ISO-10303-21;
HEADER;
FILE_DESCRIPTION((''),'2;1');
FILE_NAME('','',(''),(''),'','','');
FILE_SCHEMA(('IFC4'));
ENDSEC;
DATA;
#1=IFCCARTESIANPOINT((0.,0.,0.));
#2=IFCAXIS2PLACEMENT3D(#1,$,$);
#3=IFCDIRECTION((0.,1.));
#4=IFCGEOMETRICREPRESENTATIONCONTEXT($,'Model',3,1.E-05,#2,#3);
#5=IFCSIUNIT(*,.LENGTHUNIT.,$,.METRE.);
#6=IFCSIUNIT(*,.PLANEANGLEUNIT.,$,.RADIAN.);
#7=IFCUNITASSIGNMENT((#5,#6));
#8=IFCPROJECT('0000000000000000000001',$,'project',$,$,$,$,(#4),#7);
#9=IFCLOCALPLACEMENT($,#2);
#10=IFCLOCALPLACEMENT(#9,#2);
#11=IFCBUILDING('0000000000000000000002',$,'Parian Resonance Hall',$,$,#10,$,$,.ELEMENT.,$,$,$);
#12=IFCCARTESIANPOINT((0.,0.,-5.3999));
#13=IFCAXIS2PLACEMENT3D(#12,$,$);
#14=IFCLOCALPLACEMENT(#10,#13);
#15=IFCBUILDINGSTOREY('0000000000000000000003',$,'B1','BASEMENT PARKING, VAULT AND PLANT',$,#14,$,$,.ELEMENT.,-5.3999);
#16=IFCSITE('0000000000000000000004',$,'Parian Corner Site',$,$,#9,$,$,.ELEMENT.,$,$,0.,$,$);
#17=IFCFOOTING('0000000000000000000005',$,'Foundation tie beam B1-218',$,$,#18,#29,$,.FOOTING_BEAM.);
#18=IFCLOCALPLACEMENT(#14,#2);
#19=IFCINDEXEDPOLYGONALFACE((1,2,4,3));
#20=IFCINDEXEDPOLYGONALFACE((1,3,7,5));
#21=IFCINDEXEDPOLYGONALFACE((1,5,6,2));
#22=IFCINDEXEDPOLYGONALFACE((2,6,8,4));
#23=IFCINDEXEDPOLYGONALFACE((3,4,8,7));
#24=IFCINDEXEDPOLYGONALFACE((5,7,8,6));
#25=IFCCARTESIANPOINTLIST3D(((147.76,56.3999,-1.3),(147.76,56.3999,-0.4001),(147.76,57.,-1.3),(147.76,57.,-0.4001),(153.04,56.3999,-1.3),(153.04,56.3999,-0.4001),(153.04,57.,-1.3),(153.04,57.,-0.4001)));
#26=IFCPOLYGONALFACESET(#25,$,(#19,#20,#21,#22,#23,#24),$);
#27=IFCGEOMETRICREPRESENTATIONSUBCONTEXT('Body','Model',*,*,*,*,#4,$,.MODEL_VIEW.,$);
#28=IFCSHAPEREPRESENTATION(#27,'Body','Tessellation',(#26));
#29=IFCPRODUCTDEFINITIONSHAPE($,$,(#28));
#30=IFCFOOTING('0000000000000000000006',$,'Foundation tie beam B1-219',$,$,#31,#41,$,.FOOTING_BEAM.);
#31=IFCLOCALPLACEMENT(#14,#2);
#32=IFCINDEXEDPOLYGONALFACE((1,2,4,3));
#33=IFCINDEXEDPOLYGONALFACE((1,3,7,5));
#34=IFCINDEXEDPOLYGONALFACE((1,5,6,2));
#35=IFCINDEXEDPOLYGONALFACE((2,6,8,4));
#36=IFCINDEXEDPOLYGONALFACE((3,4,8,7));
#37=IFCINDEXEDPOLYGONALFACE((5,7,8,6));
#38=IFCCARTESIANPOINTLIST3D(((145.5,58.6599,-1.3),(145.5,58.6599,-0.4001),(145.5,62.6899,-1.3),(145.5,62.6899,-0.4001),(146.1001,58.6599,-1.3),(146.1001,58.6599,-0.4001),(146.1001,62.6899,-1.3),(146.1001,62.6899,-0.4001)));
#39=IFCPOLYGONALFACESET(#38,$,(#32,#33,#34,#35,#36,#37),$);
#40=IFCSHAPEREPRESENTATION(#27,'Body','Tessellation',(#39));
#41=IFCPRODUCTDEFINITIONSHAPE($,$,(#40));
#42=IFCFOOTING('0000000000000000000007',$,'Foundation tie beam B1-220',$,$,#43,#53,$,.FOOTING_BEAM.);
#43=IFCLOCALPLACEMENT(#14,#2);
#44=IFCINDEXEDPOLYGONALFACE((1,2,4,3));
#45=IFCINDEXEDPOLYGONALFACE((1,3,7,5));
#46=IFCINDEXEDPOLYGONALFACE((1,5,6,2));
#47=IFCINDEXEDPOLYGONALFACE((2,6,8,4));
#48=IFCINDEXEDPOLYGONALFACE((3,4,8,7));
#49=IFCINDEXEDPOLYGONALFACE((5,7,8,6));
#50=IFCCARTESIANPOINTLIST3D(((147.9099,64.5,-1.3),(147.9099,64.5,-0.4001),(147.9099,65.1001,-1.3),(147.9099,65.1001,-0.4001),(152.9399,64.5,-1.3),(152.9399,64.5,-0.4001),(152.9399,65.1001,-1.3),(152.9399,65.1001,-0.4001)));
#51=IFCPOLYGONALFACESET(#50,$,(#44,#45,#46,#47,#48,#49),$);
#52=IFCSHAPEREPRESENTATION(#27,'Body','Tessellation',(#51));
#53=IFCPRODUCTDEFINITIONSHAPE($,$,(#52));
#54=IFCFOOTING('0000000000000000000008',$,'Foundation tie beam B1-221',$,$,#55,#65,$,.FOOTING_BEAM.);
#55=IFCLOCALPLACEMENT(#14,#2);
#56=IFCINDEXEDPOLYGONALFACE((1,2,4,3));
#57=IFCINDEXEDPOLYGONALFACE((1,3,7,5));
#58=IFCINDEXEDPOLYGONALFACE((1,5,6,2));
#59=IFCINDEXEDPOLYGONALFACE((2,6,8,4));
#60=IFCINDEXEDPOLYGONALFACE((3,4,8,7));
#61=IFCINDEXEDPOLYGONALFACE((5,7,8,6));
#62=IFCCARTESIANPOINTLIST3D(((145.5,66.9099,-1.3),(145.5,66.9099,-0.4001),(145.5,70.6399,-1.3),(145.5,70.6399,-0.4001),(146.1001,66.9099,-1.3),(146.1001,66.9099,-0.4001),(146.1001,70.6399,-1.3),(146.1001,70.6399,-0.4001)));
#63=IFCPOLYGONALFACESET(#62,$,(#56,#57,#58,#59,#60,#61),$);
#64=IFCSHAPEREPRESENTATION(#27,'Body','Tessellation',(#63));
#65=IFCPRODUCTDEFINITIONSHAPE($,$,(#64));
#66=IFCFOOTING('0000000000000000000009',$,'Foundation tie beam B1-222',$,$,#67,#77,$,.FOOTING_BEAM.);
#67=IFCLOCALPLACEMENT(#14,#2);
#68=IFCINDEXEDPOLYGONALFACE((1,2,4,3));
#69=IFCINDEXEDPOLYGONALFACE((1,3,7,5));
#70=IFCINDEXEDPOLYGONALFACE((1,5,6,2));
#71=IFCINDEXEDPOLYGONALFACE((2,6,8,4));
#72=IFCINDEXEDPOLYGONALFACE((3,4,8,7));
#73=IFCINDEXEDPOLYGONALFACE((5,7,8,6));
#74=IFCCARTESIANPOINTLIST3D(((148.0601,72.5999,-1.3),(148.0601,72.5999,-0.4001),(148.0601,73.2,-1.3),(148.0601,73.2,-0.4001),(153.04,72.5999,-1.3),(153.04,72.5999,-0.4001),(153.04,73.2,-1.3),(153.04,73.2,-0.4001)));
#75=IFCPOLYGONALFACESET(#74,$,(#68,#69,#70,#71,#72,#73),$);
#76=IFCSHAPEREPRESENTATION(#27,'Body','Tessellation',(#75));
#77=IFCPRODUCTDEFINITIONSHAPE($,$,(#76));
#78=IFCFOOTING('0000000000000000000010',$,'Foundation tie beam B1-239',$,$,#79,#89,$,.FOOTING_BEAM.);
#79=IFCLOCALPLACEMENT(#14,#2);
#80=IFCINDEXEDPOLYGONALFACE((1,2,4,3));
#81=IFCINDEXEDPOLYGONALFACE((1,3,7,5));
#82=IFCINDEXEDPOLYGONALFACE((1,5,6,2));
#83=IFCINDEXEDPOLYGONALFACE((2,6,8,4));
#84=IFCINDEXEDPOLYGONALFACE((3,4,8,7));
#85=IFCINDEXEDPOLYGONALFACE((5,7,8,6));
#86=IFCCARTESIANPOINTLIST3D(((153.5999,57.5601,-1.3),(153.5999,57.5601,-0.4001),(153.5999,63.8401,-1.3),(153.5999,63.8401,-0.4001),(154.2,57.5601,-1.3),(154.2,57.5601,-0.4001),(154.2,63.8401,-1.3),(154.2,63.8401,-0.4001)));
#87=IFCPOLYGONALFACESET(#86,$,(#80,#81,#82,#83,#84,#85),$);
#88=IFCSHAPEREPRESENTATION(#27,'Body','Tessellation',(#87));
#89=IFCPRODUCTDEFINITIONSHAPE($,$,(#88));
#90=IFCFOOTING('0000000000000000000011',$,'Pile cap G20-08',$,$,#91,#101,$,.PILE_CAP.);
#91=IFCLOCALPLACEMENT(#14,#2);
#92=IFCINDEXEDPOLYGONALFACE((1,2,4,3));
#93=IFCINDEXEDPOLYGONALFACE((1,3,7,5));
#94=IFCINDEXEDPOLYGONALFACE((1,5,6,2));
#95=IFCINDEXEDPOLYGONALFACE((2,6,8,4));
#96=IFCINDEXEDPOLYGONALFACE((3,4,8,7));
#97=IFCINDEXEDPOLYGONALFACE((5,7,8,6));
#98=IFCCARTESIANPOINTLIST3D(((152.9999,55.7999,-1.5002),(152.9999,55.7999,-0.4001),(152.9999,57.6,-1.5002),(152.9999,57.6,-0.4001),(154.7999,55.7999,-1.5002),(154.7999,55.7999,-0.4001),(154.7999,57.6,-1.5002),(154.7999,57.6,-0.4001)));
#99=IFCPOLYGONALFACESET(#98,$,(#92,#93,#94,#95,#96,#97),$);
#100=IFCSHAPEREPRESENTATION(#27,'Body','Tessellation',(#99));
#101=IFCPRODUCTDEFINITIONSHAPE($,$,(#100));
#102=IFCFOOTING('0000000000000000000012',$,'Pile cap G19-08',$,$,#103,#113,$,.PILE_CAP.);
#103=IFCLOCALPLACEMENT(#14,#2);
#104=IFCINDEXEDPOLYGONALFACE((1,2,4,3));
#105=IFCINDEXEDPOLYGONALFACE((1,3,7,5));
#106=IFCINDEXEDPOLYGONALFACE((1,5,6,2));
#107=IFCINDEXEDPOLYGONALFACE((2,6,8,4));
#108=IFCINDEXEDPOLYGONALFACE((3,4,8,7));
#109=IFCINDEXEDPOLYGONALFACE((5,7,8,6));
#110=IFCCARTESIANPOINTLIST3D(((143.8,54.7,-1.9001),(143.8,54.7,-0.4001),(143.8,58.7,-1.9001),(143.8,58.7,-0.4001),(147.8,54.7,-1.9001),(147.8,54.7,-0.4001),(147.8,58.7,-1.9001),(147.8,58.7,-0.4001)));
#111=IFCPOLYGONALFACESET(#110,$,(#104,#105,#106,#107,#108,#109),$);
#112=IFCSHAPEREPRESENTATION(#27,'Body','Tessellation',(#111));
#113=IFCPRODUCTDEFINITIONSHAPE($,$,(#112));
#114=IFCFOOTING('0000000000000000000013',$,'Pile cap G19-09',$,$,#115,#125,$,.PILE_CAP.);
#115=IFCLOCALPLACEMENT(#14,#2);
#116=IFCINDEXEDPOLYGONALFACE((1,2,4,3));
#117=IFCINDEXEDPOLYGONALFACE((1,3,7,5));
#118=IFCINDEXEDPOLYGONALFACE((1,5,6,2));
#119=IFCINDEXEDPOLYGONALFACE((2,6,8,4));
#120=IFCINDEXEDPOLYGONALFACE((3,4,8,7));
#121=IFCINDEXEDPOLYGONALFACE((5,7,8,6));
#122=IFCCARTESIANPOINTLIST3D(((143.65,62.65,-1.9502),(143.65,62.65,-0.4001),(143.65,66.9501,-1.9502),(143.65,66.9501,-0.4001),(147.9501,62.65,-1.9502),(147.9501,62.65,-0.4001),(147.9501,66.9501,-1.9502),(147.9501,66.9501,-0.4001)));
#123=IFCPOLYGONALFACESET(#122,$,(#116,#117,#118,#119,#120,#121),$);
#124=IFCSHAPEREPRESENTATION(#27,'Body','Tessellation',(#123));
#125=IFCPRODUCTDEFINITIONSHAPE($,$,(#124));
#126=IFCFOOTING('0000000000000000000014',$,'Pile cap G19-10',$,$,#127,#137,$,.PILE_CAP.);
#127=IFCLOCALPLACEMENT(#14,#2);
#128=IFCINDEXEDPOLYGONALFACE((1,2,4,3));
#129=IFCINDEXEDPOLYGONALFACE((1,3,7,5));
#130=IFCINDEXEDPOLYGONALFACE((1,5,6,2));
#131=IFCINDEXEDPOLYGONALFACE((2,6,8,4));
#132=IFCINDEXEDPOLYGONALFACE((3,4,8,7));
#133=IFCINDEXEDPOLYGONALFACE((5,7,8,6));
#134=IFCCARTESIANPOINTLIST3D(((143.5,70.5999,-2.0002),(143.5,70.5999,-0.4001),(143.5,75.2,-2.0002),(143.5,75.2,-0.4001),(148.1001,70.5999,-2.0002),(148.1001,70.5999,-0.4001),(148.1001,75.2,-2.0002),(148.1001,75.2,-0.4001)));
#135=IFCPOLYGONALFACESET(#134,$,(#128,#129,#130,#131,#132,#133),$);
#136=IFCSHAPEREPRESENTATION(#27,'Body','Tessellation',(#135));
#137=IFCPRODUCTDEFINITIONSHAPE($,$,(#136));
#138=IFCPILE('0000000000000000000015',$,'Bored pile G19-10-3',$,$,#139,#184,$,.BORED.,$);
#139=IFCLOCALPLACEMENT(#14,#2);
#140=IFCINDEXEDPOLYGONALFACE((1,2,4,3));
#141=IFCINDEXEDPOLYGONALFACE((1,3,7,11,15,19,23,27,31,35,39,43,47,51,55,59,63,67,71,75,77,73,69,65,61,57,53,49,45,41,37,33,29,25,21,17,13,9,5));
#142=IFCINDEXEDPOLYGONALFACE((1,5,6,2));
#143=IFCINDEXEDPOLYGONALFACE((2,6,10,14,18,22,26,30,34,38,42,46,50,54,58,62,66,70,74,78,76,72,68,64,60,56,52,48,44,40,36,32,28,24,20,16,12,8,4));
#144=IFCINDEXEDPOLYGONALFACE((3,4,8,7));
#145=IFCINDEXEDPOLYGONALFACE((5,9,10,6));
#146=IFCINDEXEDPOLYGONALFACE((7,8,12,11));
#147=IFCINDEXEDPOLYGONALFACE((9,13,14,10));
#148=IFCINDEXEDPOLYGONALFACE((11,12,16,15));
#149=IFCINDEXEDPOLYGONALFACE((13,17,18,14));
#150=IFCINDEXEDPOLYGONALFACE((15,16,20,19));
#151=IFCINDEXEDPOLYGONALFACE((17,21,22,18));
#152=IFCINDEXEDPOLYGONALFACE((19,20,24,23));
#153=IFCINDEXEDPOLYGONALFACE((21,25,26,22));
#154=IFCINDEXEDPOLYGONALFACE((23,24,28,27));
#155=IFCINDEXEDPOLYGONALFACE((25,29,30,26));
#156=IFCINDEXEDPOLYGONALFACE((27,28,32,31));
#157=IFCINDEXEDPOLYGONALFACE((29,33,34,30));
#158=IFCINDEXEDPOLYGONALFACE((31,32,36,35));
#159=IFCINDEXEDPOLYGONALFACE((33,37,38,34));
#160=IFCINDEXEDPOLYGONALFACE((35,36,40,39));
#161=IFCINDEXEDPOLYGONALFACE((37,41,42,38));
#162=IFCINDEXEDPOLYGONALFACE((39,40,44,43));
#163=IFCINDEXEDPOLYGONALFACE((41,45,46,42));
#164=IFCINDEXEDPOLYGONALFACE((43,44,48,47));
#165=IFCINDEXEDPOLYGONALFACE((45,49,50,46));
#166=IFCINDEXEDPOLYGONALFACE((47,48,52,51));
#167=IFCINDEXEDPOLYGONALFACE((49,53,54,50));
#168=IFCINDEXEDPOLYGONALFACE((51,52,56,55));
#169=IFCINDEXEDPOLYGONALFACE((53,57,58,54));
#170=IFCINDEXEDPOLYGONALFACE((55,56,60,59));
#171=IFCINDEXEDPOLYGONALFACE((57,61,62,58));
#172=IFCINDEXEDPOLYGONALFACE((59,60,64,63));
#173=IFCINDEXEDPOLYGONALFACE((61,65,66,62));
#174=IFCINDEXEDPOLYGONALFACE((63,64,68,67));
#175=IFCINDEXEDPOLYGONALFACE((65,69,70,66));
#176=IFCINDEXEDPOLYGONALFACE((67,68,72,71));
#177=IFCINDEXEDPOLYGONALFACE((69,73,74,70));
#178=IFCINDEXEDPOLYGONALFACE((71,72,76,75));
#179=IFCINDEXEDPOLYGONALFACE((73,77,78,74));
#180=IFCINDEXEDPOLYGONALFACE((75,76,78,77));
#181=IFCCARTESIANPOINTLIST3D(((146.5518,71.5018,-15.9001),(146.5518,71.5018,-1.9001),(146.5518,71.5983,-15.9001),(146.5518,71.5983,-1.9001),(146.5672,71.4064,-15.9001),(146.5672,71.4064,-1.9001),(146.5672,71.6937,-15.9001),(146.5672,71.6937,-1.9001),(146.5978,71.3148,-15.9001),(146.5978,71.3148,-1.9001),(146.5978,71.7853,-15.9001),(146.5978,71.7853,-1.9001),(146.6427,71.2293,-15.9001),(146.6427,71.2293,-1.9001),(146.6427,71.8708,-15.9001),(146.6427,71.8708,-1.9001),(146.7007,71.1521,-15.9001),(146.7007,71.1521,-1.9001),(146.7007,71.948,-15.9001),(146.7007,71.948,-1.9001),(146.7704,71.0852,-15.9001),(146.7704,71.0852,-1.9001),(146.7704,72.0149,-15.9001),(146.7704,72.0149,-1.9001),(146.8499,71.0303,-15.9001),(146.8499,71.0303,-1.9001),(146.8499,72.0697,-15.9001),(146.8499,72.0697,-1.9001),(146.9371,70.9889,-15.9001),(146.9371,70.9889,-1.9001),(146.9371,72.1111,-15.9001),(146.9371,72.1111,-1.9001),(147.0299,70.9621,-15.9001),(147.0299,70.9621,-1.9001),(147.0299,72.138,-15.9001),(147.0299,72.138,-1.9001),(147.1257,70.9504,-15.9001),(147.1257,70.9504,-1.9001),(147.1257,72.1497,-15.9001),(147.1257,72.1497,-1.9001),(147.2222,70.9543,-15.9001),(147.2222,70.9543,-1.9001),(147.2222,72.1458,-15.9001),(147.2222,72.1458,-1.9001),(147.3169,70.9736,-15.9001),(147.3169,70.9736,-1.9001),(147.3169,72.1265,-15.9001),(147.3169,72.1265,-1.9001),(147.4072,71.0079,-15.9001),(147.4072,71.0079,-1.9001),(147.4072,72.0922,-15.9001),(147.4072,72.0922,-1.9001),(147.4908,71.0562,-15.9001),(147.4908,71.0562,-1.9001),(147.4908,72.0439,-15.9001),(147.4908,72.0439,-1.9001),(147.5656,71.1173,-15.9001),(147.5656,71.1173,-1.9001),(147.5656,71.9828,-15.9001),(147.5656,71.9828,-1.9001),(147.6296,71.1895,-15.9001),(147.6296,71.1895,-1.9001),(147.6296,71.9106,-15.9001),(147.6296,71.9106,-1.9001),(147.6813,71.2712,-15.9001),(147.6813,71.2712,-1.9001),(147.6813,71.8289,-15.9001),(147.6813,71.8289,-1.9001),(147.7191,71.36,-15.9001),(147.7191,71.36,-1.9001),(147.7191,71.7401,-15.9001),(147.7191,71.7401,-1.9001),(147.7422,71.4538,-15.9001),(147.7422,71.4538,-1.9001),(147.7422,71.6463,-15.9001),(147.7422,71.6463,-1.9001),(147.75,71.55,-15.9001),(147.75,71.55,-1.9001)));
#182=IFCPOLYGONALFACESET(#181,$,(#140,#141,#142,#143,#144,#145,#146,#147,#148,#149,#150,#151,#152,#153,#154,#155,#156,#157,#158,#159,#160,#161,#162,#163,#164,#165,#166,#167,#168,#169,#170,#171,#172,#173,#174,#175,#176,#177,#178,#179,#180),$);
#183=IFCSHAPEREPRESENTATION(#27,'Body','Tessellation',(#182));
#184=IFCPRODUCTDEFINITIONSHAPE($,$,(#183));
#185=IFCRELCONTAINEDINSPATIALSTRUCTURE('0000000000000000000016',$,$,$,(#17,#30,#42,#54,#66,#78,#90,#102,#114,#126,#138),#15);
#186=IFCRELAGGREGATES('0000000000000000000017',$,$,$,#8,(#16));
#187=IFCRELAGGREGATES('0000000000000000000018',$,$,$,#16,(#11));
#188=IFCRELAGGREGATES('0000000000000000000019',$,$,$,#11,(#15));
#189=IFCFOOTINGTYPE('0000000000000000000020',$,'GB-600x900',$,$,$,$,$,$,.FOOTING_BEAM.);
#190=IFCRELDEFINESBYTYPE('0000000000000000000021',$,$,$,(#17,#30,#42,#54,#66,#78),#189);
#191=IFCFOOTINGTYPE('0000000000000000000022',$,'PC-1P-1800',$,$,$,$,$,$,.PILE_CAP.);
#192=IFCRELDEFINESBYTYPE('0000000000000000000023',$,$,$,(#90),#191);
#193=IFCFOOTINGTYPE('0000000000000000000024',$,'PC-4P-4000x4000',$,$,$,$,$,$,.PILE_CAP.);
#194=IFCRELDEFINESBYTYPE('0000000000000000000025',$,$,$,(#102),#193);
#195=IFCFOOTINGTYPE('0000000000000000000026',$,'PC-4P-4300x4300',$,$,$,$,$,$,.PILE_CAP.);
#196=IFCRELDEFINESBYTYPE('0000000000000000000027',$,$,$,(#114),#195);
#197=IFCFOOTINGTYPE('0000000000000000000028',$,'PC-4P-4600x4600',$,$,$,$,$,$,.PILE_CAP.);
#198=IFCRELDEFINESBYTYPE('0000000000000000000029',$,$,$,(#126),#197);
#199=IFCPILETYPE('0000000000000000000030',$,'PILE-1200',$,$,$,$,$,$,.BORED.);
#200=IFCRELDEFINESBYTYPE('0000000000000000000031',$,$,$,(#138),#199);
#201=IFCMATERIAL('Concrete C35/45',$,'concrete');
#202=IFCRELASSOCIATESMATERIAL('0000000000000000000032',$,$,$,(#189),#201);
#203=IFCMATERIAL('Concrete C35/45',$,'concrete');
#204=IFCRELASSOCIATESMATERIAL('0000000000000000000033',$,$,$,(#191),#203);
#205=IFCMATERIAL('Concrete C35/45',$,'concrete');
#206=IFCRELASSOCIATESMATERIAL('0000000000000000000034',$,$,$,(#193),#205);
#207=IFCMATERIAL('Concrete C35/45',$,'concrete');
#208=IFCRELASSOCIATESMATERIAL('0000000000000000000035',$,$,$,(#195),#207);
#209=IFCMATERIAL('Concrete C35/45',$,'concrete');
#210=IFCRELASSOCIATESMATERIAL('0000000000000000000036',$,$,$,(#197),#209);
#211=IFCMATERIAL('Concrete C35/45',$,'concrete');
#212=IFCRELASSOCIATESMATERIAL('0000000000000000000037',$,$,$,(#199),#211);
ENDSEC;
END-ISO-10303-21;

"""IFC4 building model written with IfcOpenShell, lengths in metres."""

from ifc_helpers import new_model, si_unit, direction, frame, origin, origin_2d, place, context, subcontext, project, spatial, rectangle, circle, extrude, material, material_profile, profile_set, type_object, element, save


model = new_model("IFC4")

# Units and contexts
model_context = context("Model", 3, precision=1e-05, world=origin(), true_north=direction((0.0, 1.0)))
body_context = subcontext(model_context, "Body", "Model", "MODEL_VIEW")
ifc_project = project(units=[si_unit("LENGTHUNIT", "METRE"), si_unit("PLANEANGLEUNIT", "RADIAN")], contexts=[model_context])

# Site, building, storey
site_placement = place(None, origin())
site = spatial("IfcSite", under=ifc_project, at=site_placement, Name="Parian Corner Site", CompositionType="ELEMENT", RefElevation=0.0)
building_placement = place(site_placement, origin())
building = spatial("IfcBuilding", under=site, at=building_placement, Name="Parian Resonance Hall", CompositionType="ELEMENT")
storey_placement = place(building_placement, frame((0.0, 0.0, -5.3999)))
storey = spatial("IfcBuildingStorey", under=building, at=storey_placement, Name="B1", Description="BASEMENT PARKING, VAULT AND PLANT", CompositionType="ELEMENT", Elevation=-5.3999)

# Footings
ifc_material_1 = material(Name="Concrete C35/45", Category="concrete")
ifc_material_profile_1 = material_profile(ifc_material_1, rectangle(XDim=0.6001, YDim=0.8999, at=origin_2d()), Name="RC-GB-600x900")
ifc_profile_set_1 = profile_set([ifc_material_profile_1], Name="Concrete C35/45")
footing_type_1 = type_object("IfcFootingType", Name="GB-600x900", PredefinedType="FOOTING_BEAM", material=ifc_profile_set_1)
footing_1_placement = place(storey_placement, frame((147.76, 56.7, -0.8501), z_axis=(1.0, 0.0, 0.0), x_axis=(0.0, 1.0, 0.0)))
element("IfcFooting", 1, at=footing_1_placement, inside=storey, type_object=footing_type_1, Name="Foundation tie beam B1-218", PredefinedType="FOOTING_BEAM", context=body_context, shape_type="SweptSolid", body=[
    extrude(rectangle(XDim=0.6001, YDim=0.8999, at=origin_2d()), origin(), (0.0, 0.0, 1.0), 5.28),
])
footing_2_placement = place(storey_placement, frame((145.8, 58.6599, -0.8501), z_axis=(0.0, 1.0, 0.0), x_axis=(-1.0, 0.0, 0.0)))
element("IfcFooting", 2, at=footing_2_placement, inside=storey, type_object=footing_type_1, Name="Foundation tie beam B1-219", PredefinedType="FOOTING_BEAM", context=body_context, shape_type="SweptSolid", body=[
    extrude(rectangle(XDim=0.6001, YDim=0.8999, at=origin_2d()), origin(), (0.0, 0.0, 1.0), 4.03),
])
footing_3_placement = place(storey_placement, frame((147.9099, 64.8, -0.8501), z_axis=(1.0, 0.0, 0.0), x_axis=(0.0, 1.0, 0.0)))
element("IfcFooting", 3, at=footing_3_placement, inside=storey, type_object=footing_type_1, Name="Foundation tie beam B1-220", PredefinedType="FOOTING_BEAM", context=body_context, shape_type="SweptSolid", body=[
    extrude(rectangle(XDim=0.6001, YDim=0.8999, at=origin_2d()), origin(), (0.0, 0.0, 1.0), 5.03),
])
footing_4_placement = place(storey_placement, frame((145.8, 66.9099, -0.8501), z_axis=(0.0, 1.0, 0.0), x_axis=(-1.0, 0.0, 0.0)))
element("IfcFooting", 4, at=footing_4_placement, inside=storey, type_object=footing_type_1, Name="Foundation tie beam B1-221", PredefinedType="FOOTING_BEAM", context=body_context, shape_type="SweptSolid", body=[
    extrude(rectangle(XDim=0.6001, YDim=0.8999, at=origin_2d()), origin(), (0.0, 0.0, 1.0), 3.73),
])
footing_5_placement = place(storey_placement, frame((148.0601, 72.8999, -0.8501), z_axis=(1.0, 0.0, 0.0), x_axis=(0.0, 1.0, 0.0)))
element("IfcFooting", 5, at=footing_5_placement, inside=storey, type_object=footing_type_1, Name="Foundation tie beam B1-222", PredefinedType="FOOTING_BEAM", context=body_context, shape_type="SweptSolid", body=[
    extrude(rectangle(XDim=0.6001, YDim=0.8999, at=origin_2d()), origin(), (0.0, 0.0, 1.0), 4.98),
])
footing_6_placement = place(storey_placement, frame((153.8999, 57.5601, -0.8501), z_axis=(0.0, 1.0, 0.0), x_axis=(-1.0, 0.0, 0.0)))
element("IfcFooting", 6, at=footing_6_placement, inside=storey, type_object=footing_type_1, Name="Foundation tie beam B1-239", PredefinedType="FOOTING_BEAM", context=body_context, shape_type="SweptSolid", body=[
    extrude(rectangle(XDim=0.6001, YDim=0.8999, at=origin_2d()), origin(), (0.0, 0.0, 1.0), 6.28),
])
ifc_material_2 = material(Name="Concrete C35/45", Category="concrete")
footing_type_2 = type_object("IfcFootingType", Name="PC-1P-1800", PredefinedType="PILE_CAP", material=ifc_material_2)
footing_7_placement = place(storey_placement, frame((153.8999, 56.7, -1.5002), z_axis=(0.0, 0.0, 1.0), x_axis=(1.0, 0.0, 0.0)))
element("IfcFooting", 7, at=footing_7_placement, inside=storey, type_object=footing_type_2, Name="Pile cap G20-08", PredefinedType="PILE_CAP", context=body_context, shape_type="SweptSolid", body=[
    extrude(rectangle(XDim=1.8, YDim=1.8, at=origin_2d()), origin(), (0.0, 0.0, 1.0), 1.1001),
])
ifc_material_3 = material(Name="Concrete C35/45", Category="concrete")
footing_type_3 = type_object("IfcFootingType", Name="PC-4P-4000x4000", PredefinedType="PILE_CAP", material=ifc_material_3)
footing_8_placement = place(storey_placement, frame((145.8, 56.7, -1.9001), z_axis=(0.0, 0.0, 1.0), x_axis=(1.0, 0.0, 0.0)))
element("IfcFooting", 8, at=footing_8_placement, inside=storey, type_object=footing_type_3, Name="Pile cap G19-08", PredefinedType="PILE_CAP", context=body_context, shape_type="SweptSolid", body=[
    extrude(rectangle(XDim=4.0, YDim=4.0, at=origin_2d()), origin(), (0.0, 0.0, 1.0), 1.5),
])
ifc_material_4 = material(Name="Concrete C35/45", Category="concrete")
footing_type_4 = type_object("IfcFootingType", Name="PC-4P-4300x4300", PredefinedType="PILE_CAP", material=ifc_material_4)
footing_9_placement = place(storey_placement, frame((145.8, 64.8, -1.9502), z_axis=(0.0, 0.0, 1.0), x_axis=(1.0, 0.0, 0.0)))
element("IfcFooting", 9, at=footing_9_placement, inside=storey, type_object=footing_type_4, Name="Pile cap G19-09", PredefinedType="PILE_CAP", context=body_context, shape_type="SweptSolid", body=[
    extrude(rectangle(XDim=4.3, YDim=4.3, at=origin_2d()), origin(), (0.0, 0.0, 1.0), 1.55),
])
ifc_material_5 = material(Name="Concrete C35/45", Category="concrete")
footing_type_5 = type_object("IfcFootingType", Name="PC-4P-4600x4600", PredefinedType="PILE_CAP", material=ifc_material_5)
footing_10_placement = place(storey_placement, frame((145.8, 72.8999, -2.0002), z_axis=(0.0, 0.0, 1.0), x_axis=(1.0, 0.0, 0.0)))
element("IfcFooting", 10, at=footing_10_placement, inside=storey, type_object=footing_type_5, Name="Pile cap G19-10", PredefinedType="PILE_CAP", context=body_context, shape_type="SweptSolid", body=[
    extrude(rectangle(XDim=4.6001, YDim=4.6001, at=origin_2d()), origin(), (0.0, 0.0, 1.0), 1.6001),
])

# Pile
ifc_material_6 = material(Name="Concrete C35/45", Category="concrete")
ifc_material_profile_2 = material_profile(ifc_material_6, circle(Radius=0.6001, at=origin_2d()), Name="PILE-D1200")
ifc_profile_set_2 = profile_set([ifc_material_profile_2], Name="Concrete C35/45")
pile_type_1 = type_object("IfcPileType", Name="PILE-1200", PredefinedType="BORED", material=ifc_profile_set_2)
pile_placement = place(storey_placement, frame((147.1499, 71.55, -1.9001), z_axis=(0.0, 0.0, -1.0), x_axis=(1.0, 0.0, 0.0)))
element("IfcPile", 11, at=pile_placement, inside=storey, type_object=pile_type_1, Name="Bored pile G19-10-3", PredefinedType="BORED", context=body_context, shape_type="SweptSolid", body=[
    extrude(circle(Radius=0.6001, at=origin_2d()), origin(), (0.0, 0.0, 1.0), 14.0),
])

save(model, "model.ifc")
